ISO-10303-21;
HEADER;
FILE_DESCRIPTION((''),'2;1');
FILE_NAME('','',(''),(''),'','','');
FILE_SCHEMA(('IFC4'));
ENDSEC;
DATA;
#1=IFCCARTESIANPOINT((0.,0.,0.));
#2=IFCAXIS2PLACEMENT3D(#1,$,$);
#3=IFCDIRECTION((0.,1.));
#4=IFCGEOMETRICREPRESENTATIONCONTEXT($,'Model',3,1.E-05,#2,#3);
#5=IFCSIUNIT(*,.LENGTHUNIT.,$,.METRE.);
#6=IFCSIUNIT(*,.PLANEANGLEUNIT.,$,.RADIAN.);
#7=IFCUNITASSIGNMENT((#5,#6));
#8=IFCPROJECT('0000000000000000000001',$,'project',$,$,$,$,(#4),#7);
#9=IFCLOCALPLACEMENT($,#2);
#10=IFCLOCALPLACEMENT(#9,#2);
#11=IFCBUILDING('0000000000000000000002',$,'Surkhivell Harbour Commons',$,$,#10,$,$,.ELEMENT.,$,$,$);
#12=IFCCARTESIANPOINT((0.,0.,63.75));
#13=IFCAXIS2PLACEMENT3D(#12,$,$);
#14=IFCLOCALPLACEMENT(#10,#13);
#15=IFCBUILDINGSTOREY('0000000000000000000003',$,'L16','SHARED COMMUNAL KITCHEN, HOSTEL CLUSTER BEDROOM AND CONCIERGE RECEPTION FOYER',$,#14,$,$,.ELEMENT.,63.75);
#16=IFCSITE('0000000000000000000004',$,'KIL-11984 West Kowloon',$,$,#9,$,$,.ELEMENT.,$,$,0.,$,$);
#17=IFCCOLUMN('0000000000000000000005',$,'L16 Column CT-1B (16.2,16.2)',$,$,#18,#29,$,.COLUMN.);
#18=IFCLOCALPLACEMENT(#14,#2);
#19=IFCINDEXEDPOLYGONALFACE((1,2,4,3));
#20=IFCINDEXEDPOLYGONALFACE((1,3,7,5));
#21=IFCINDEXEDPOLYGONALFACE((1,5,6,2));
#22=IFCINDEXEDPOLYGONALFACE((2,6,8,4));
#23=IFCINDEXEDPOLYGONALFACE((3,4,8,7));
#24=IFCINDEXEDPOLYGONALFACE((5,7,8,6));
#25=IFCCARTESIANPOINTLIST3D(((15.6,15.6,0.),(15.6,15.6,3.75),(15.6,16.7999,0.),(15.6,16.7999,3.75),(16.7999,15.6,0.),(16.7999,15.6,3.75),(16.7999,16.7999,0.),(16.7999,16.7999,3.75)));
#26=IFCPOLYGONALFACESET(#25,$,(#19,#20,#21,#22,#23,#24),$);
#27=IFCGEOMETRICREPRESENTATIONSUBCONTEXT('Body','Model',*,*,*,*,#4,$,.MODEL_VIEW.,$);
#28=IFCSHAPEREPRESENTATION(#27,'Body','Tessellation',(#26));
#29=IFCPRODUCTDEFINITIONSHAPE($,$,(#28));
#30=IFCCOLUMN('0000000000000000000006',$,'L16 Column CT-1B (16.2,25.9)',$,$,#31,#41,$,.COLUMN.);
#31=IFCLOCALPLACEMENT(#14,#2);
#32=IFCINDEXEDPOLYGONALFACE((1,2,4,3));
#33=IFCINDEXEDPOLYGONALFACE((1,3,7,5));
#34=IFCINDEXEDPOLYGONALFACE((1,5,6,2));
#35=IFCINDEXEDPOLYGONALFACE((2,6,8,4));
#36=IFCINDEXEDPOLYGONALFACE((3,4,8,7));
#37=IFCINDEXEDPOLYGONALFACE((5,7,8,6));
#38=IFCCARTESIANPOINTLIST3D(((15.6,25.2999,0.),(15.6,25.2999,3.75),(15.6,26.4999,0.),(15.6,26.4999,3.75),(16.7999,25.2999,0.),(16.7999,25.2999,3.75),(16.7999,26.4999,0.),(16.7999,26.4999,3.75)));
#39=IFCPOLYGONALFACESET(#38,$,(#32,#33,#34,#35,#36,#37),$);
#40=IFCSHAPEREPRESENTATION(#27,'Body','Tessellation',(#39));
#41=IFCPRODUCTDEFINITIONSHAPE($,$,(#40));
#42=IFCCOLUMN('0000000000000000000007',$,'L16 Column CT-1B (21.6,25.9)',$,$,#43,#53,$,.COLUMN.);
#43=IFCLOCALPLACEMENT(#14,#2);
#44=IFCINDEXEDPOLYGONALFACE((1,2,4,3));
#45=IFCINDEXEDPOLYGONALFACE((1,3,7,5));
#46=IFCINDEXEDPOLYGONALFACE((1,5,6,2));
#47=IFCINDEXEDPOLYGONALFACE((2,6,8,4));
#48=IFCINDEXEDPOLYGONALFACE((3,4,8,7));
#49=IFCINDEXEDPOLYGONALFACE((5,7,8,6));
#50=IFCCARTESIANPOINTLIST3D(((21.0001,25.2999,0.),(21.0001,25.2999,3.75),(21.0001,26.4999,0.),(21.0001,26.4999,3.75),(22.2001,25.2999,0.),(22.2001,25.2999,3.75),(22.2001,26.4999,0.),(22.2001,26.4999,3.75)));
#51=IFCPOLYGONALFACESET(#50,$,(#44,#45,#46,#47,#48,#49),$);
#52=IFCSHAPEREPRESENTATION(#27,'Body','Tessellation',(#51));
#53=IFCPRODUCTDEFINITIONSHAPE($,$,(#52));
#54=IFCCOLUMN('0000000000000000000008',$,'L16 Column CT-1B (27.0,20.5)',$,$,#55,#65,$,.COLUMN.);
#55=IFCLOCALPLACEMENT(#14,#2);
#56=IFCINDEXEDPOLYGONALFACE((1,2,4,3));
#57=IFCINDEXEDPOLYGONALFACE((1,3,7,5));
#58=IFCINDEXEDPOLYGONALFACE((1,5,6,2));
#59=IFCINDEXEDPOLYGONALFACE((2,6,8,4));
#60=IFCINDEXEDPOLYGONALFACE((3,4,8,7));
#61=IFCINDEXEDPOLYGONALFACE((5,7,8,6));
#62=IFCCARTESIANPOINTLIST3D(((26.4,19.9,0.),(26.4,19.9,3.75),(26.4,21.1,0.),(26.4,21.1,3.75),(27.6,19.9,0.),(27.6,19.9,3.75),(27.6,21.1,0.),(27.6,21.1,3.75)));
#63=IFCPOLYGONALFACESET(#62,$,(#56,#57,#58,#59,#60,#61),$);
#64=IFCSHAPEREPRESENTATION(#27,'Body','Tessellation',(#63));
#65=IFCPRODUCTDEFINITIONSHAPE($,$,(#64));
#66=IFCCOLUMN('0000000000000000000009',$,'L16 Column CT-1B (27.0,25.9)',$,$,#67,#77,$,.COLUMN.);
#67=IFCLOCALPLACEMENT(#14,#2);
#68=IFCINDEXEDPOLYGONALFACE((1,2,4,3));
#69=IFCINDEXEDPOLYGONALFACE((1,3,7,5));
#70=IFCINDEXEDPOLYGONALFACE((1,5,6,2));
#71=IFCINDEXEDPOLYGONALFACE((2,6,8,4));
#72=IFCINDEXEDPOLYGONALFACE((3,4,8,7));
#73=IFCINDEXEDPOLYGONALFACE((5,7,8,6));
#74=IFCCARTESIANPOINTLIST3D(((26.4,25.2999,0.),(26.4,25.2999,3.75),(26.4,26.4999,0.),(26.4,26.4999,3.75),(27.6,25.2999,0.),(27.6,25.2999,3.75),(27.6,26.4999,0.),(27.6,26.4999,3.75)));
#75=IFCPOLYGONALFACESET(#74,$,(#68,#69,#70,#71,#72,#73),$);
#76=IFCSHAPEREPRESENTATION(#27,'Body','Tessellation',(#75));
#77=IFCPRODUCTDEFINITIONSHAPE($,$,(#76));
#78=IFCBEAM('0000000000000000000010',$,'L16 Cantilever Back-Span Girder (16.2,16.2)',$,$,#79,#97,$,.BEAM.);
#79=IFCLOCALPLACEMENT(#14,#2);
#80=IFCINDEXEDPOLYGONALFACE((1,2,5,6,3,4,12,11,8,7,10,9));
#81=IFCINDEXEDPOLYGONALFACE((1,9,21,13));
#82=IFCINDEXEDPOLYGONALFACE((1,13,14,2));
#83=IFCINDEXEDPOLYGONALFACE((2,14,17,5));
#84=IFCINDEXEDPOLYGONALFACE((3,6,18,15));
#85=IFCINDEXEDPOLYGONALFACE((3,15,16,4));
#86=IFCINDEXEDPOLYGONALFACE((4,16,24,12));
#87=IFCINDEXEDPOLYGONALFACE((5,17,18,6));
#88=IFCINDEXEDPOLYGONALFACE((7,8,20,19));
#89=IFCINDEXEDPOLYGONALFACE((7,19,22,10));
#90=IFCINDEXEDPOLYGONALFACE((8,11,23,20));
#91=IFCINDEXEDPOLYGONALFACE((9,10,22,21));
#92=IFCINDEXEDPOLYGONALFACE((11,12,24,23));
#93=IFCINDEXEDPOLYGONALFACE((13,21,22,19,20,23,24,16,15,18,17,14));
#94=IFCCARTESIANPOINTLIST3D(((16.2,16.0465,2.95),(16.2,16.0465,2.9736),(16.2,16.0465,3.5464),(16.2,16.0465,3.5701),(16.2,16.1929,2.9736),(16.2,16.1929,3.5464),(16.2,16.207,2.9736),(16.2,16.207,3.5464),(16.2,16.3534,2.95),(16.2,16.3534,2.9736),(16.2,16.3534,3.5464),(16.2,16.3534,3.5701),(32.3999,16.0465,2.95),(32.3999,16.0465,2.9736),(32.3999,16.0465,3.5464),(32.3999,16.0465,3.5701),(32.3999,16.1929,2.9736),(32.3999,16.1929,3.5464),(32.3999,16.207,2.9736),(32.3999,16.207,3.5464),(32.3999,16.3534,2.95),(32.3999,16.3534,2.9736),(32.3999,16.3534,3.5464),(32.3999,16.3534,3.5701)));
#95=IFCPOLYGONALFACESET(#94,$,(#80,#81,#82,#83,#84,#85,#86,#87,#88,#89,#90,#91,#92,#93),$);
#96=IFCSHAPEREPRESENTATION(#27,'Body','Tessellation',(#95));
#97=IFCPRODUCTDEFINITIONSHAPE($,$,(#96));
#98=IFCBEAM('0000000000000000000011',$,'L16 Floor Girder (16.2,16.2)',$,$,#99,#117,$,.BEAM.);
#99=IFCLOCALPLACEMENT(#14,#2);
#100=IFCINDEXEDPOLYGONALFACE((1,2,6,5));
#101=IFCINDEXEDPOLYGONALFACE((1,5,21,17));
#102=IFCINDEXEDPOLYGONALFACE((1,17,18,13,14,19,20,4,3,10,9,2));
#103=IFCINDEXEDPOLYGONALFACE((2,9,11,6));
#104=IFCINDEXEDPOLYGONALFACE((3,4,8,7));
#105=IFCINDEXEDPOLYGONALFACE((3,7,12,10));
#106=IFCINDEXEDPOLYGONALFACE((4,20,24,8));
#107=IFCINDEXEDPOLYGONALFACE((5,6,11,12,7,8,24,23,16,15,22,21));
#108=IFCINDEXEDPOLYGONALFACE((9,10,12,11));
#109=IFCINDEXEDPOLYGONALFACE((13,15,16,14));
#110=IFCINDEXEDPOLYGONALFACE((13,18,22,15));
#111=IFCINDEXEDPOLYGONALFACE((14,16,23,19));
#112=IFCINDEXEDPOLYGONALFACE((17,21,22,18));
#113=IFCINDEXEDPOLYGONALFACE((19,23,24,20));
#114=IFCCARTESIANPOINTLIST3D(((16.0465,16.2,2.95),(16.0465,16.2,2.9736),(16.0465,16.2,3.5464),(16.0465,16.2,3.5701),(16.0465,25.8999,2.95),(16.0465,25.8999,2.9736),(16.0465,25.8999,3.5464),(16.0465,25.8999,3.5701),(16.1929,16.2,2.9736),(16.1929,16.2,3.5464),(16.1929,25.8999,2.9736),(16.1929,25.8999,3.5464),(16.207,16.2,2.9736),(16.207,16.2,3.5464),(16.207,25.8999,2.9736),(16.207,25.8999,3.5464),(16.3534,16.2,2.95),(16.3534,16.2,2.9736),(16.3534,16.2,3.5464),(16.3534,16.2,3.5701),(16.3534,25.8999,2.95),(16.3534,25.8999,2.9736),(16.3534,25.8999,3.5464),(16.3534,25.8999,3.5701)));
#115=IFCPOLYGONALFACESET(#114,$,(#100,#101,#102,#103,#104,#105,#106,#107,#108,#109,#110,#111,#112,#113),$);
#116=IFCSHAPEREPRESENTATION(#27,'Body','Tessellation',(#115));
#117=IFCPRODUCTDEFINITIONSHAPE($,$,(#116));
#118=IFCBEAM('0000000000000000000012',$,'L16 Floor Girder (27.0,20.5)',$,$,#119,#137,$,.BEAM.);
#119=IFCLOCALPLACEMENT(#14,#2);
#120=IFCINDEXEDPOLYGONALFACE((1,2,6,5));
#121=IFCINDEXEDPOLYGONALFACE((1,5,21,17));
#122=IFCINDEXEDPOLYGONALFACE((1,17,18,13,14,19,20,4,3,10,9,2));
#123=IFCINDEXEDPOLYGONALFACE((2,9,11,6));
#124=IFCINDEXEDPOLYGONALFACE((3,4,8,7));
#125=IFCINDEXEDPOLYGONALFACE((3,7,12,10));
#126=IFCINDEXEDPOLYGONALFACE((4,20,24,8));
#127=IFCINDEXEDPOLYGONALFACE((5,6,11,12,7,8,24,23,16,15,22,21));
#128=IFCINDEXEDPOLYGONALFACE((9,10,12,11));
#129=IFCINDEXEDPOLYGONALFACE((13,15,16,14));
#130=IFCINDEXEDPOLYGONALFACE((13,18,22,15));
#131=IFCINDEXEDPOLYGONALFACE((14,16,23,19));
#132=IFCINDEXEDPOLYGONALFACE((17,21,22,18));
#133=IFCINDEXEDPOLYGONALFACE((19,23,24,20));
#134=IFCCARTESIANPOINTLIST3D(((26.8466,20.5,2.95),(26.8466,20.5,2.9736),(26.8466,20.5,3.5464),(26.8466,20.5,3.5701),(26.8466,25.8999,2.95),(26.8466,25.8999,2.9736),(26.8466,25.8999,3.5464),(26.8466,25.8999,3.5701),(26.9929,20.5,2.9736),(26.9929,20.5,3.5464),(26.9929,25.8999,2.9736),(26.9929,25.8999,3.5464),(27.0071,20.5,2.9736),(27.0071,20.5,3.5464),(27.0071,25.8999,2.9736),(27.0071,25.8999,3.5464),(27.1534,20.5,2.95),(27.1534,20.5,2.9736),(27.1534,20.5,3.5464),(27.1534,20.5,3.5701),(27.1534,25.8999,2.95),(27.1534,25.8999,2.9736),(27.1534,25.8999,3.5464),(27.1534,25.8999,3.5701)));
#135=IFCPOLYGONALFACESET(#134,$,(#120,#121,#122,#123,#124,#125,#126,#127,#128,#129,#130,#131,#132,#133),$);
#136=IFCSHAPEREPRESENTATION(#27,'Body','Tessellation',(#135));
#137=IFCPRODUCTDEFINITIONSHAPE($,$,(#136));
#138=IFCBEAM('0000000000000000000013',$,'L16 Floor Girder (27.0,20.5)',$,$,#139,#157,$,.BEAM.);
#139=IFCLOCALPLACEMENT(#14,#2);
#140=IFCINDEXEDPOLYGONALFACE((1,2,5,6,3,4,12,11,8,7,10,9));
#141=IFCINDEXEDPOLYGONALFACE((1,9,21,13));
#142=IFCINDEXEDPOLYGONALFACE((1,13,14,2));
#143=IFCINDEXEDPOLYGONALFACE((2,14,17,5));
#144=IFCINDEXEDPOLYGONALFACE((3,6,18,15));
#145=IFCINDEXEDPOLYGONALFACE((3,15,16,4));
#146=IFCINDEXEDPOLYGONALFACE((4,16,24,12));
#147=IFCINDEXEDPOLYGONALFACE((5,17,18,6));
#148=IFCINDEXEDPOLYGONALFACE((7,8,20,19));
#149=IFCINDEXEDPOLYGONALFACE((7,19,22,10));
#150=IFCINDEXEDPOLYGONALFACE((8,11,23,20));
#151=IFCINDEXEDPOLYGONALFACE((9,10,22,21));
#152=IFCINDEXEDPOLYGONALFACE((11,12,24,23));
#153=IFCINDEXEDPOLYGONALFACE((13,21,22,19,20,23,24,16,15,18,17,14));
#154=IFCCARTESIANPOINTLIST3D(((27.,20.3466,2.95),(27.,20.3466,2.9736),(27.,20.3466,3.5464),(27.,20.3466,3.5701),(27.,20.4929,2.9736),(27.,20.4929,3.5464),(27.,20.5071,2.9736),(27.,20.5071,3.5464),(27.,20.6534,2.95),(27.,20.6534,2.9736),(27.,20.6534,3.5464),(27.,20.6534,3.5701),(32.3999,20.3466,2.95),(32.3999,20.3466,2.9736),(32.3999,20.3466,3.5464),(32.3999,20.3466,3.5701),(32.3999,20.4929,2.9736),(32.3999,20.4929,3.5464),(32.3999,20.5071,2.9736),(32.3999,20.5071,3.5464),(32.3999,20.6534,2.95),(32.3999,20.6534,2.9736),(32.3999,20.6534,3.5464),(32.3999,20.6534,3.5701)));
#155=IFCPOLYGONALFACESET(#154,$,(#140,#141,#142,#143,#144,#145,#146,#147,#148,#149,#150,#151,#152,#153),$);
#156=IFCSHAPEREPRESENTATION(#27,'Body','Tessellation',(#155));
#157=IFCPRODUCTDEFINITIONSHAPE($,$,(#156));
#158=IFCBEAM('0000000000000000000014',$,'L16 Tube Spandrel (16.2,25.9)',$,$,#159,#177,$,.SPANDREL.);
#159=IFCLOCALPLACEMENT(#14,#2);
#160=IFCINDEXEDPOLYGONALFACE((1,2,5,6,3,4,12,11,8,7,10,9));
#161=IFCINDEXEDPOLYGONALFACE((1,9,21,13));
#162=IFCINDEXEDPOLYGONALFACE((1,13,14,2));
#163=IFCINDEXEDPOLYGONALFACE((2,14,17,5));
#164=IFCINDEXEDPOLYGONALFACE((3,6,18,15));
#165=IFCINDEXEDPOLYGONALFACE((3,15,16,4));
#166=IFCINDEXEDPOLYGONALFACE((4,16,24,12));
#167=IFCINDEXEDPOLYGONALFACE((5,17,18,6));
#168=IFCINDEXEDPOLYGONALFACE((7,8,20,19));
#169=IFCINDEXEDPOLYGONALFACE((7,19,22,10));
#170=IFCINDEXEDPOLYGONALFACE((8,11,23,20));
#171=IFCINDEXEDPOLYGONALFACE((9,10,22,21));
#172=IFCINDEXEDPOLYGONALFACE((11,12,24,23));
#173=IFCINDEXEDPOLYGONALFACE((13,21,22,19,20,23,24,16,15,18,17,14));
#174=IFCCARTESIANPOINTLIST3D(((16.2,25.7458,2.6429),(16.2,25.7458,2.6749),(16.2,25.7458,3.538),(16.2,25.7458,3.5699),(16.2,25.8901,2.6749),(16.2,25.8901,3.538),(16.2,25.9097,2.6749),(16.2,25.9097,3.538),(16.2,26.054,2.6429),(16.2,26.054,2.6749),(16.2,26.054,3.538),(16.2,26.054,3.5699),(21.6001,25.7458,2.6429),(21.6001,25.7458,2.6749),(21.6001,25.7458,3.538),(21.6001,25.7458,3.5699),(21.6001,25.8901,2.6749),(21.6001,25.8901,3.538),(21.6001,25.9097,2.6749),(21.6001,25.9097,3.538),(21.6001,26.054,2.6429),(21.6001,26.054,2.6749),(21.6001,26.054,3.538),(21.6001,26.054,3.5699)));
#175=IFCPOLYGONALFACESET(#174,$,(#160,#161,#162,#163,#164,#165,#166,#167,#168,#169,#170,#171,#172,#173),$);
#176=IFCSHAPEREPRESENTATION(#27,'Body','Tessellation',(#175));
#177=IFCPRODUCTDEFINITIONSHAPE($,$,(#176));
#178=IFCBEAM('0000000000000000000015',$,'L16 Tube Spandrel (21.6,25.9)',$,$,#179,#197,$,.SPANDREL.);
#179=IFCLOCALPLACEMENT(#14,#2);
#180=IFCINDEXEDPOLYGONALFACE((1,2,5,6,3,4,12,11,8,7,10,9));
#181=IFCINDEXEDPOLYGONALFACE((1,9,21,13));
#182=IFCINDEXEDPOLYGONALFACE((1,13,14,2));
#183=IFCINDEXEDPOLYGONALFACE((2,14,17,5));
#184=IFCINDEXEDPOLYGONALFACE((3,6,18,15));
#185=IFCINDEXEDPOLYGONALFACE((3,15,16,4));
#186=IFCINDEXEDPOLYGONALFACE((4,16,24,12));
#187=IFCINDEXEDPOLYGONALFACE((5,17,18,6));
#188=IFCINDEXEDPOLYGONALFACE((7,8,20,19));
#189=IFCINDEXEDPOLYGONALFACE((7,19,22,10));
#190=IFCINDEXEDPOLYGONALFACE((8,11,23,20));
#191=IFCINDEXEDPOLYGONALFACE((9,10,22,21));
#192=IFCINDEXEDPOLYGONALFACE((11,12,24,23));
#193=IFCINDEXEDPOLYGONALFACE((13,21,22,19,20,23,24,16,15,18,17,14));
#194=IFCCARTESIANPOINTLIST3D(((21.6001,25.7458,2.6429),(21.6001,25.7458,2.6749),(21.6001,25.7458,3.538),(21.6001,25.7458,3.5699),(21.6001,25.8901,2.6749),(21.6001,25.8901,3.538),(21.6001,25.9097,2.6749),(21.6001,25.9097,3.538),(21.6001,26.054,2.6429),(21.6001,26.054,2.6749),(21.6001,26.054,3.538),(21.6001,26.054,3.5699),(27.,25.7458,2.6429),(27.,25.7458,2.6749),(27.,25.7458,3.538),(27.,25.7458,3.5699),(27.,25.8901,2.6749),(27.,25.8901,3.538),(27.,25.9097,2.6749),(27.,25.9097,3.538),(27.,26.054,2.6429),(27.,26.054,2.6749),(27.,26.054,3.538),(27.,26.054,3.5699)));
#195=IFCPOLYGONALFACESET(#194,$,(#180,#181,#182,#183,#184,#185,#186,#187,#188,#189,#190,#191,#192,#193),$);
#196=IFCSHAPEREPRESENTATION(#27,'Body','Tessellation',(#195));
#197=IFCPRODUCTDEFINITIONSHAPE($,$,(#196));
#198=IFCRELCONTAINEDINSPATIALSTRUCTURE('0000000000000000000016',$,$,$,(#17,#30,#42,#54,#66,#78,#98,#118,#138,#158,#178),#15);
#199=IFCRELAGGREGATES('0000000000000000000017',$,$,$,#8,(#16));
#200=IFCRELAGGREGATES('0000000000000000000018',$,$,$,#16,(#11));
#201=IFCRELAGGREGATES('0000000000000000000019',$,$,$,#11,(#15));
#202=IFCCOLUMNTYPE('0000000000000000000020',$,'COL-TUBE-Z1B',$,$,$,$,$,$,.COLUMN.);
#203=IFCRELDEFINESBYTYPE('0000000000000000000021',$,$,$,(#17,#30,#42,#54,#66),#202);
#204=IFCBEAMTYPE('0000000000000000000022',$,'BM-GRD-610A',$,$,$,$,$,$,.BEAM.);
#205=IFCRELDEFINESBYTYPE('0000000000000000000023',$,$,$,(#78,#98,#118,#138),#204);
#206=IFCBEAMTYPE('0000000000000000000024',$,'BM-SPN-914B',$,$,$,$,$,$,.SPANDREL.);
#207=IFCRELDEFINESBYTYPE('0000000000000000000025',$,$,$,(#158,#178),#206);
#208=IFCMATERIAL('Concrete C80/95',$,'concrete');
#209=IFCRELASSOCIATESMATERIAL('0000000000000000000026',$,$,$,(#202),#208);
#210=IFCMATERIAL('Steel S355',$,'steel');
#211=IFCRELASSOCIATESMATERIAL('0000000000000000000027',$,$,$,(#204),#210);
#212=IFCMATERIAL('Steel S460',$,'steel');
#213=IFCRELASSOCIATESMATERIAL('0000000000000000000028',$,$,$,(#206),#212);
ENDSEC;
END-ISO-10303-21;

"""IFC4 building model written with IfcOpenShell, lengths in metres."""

from ifc_helpers import new_model, si_unit, direction, frame, origin, origin_2d, place, context, subcontext, project, spatial, rectangle, i_section, extrude, material, material_profile, profile_set, type_object, element, save


model = new_model("IFC4")

# Units and contexts
model_context = context("Model", 3, precision=1e-05, world=origin(), true_north=direction((0.0, 1.0)))
body_context = subcontext(model_context, "Body", "Model", "MODEL_VIEW")
ifc_project = project(units=[si_unit("LENGTHUNIT", "METRE"), si_unit("PLANEANGLEUNIT", "RADIAN")], contexts=[model_context])

# Site, building, storey
site_placement = place(None, origin())
site = spatial("IfcSite", under=ifc_project, at=site_placement, Name="KIL-11984 West Kowloon", CompositionType="ELEMENT", RefElevation=0.0)
building_placement = place(site_placement, origin())
building = spatial("IfcBuilding", under=site, at=building_placement, Name="Surkhivell Harbour Commons", CompositionType="ELEMENT")
storey_placement = place(building_placement, frame((0.0, 0.0, 63.75)))
storey = spatial("IfcBuildingStorey", under=building, at=storey_placement, Name="L16", Description="SHARED COMMUNAL KITCHEN, HOSTEL CLUSTER BEDROOM AND CONCIERGE RECEPTION FOYER", CompositionType="ELEMENT", Elevation=63.75)

# Columns
ifc_material_1 = material(Name="Concrete C80/95", Category="concrete")
ifc_material_profile_1 = material_profile(ifc_material_1, rectangle(XDim=1.2, YDim=1.2, at=origin_2d()), Name="RC-COL-1200x1200")
ifc_profile_set_1 = profile_set([ifc_material_profile_1], Name="Concrete C80/95")
column_type = type_object("IfcColumnType", Name="COL-TUBE-Z1B", PredefinedType="COLUMN", material=ifc_profile_set_1)
for number, where, z_axis, x_axis, name in (
    (1, (16.2, 16.2, 0.0), (0.0, 0.0, 1.0), (1.0, 0.0, 0.0), "L16 Column CT-1B (16.2,16.2)"),
    (2, (16.2, 25.8999, 0.0), (0.0, 0.0, 1.0), (1.0, 0.0, 0.0), "L16 Column CT-1B (16.2,25.9)"),
    (3, (21.6001, 25.8999, 0.0), (0.0, 0.0, 1.0), (1.0, 0.0, 0.0), "L16 Column CT-1B (21.6,25.9)"),
    (4, (27.0, 20.5, 0.0), (0.0, 0.0, 1.0), (1.0, 0.0, 0.0), "L16 Column CT-1B (27.0,20.5)"),
    (5, (27.0, 25.8999, 0.0), (0.0, 0.0, 1.0), (1.0, 0.0, 0.0), "L16 Column CT-1B (27.0,25.9)"),
):
    element("IfcColumn", number, at=place(storey_placement, frame(where, z_axis=z_axis, x_axis=x_axis)), inside=storey, type_object=column_type, Name=name, PredefinedType="COLUMN", context=body_context, shape_type="SweptSolid", body=[
        extrude(rectangle(XDim=1.2, YDim=1.2, at=origin_2d()), origin(), (0.0, 0.0, 1.0), 3.75),
    ])

# Beams
ifc_material_2 = material(Name="Steel S355", Category="steel")
ifc_material_profile_2 = material_profile(ifc_material_2, i_section(OverallWidth=0.3069, OverallDepth=0.6201, WebThickness=0.0142, FlangeThickness=0.0237, at=origin_2d()), Name="UB610x305x179")
ifc_profile_set_2 = profile_set([ifc_material_profile_2], Name="Steel S355")
beam_type_1 = type_object("IfcBeamType", Name="BM-GRD-610A", PredefinedType="BEAM", material=ifc_profile_set_2)
beam_1_placement = place(storey_placement, frame((16.2, 16.2, 3.26), z_axis=(1.0, 0.0, 0.0), x_axis=(0.0, 1.0, 0.0)))
element("IfcBeam", 6, at=beam_1_placement, inside=storey, type_object=beam_type_1, Name="L16 Cantilever Back-Span Girder (16.2,16.2)", PredefinedType="BEAM", context=body_context, shape_type="SweptSolid", body=[
    extrude(i_section(OverallWidth=0.3069, OverallDepth=0.6201, WebThickness=0.0142, FlangeThickness=0.0237, at=origin_2d()), origin(), (0.0, 0.0, 1.0), 16.2),
])
beam_2_placement = place(storey_placement, frame((16.2, 16.2, 3.26), z_axis=(0.0, 1.0, 0.0), x_axis=(-1.0, 0.0, 0.0)))
element("IfcBeam", 7, at=beam_2_placement, inside=storey, type_object=beam_type_1, Name="L16 Floor Girder (16.2,16.2)", PredefinedType="BEAM", context=body_context, shape_type="SweptSolid", body=[
    extrude(i_section(OverallWidth=0.3069, OverallDepth=0.6201, WebThickness=0.0142, FlangeThickness=0.0237, at=origin_2d()), origin(), (0.0, 0.0, 1.0), 9.7),
])
for number, where, z_axis, x_axis, name in (
    (8, (27.0, 20.5, 3.26), (0.0, 1.0, 0.0), (-1.0, 0.0, 0.0), "L16 Floor Girder (27.0,20.5)"),
    (9, (27.0, 20.5, 3.26), (1.0, 0.0, 0.0), (0.0, 1.0, 0.0), "L16 Floor Girder (27.0,20.5)"),
):
    element("IfcBeam", number, at=place(storey_placement, frame(where, z_axis=z_axis, x_axis=x_axis)), inside=storey, type_object=beam_type_1, Name=name, PredefinedType="BEAM", context=body_context, shape_type="SweptSolid", body=[
        extrude(i_section(OverallWidth=0.3069, OverallDepth=0.6201, WebThickness=0.0142, FlangeThickness=0.0237, at=origin_2d()), origin(), (0.0, 0.0, 1.0), 5.3999),
    ])
ifc_material_3 = material(Name="Steel S460", Category="steel")
ifc_material_profile_3 = material_profile(ifc_material_3, i_section(OverallWidth=0.3081, OverallDepth=0.927, WebThickness=0.0195, FlangeThickness=0.032, at=origin_2d()), Name="UB914x305x289")
ifc_profile_set_3 = profile_set([ifc_material_profile_3], Name="Steel S460")
beam_type_2 = type_object("IfcBeamType", Name="BM-SPN-914B", PredefinedType="SPANDREL", material=ifc_profile_set_3)
beam_3_placement = place(storey_placement, frame((16.2, 25.8999, 3.1064), z_axis=(1.0, 0.0, 0.0), x_axis=(0.0, 1.0, 0.0)))
element("IfcBeam", 10, at=beam_3_placement, inside=storey, type_object=beam_type_2, Name="L16 Tube Spandrel (16.2,25.9)", PredefinedType="SPANDREL", context=body_context, shape_type="SweptSolid", body=[
    extrude(i_section(OverallWidth=0.3081, OverallDepth=0.927, WebThickness=0.0195, FlangeThickness=0.032, at=origin_2d()), origin(), (0.0, 0.0, 1.0), 5.4001),
])
beam_4_placement = place(storey_placement, frame((21.6001, 25.8999, 3.1064), z_axis=(1.0, 0.0, 0.0), x_axis=(0.0, 1.0, 0.0)))
element("IfcBeam", 11, at=beam_4_placement, inside=storey, type_object=beam_type_2, Name="L16 Tube Spandrel (21.6,25.9)", PredefinedType="SPANDREL", context=body_context, shape_type="SweptSolid", body=[
    extrude(i_section(OverallWidth=0.3081, OverallDepth=0.927, WebThickness=0.0195, FlangeThickness=0.032, at=origin_2d()), origin(), (0.0, 0.0, 1.0), 5.3999),
])

save(model, "model.ifc")
